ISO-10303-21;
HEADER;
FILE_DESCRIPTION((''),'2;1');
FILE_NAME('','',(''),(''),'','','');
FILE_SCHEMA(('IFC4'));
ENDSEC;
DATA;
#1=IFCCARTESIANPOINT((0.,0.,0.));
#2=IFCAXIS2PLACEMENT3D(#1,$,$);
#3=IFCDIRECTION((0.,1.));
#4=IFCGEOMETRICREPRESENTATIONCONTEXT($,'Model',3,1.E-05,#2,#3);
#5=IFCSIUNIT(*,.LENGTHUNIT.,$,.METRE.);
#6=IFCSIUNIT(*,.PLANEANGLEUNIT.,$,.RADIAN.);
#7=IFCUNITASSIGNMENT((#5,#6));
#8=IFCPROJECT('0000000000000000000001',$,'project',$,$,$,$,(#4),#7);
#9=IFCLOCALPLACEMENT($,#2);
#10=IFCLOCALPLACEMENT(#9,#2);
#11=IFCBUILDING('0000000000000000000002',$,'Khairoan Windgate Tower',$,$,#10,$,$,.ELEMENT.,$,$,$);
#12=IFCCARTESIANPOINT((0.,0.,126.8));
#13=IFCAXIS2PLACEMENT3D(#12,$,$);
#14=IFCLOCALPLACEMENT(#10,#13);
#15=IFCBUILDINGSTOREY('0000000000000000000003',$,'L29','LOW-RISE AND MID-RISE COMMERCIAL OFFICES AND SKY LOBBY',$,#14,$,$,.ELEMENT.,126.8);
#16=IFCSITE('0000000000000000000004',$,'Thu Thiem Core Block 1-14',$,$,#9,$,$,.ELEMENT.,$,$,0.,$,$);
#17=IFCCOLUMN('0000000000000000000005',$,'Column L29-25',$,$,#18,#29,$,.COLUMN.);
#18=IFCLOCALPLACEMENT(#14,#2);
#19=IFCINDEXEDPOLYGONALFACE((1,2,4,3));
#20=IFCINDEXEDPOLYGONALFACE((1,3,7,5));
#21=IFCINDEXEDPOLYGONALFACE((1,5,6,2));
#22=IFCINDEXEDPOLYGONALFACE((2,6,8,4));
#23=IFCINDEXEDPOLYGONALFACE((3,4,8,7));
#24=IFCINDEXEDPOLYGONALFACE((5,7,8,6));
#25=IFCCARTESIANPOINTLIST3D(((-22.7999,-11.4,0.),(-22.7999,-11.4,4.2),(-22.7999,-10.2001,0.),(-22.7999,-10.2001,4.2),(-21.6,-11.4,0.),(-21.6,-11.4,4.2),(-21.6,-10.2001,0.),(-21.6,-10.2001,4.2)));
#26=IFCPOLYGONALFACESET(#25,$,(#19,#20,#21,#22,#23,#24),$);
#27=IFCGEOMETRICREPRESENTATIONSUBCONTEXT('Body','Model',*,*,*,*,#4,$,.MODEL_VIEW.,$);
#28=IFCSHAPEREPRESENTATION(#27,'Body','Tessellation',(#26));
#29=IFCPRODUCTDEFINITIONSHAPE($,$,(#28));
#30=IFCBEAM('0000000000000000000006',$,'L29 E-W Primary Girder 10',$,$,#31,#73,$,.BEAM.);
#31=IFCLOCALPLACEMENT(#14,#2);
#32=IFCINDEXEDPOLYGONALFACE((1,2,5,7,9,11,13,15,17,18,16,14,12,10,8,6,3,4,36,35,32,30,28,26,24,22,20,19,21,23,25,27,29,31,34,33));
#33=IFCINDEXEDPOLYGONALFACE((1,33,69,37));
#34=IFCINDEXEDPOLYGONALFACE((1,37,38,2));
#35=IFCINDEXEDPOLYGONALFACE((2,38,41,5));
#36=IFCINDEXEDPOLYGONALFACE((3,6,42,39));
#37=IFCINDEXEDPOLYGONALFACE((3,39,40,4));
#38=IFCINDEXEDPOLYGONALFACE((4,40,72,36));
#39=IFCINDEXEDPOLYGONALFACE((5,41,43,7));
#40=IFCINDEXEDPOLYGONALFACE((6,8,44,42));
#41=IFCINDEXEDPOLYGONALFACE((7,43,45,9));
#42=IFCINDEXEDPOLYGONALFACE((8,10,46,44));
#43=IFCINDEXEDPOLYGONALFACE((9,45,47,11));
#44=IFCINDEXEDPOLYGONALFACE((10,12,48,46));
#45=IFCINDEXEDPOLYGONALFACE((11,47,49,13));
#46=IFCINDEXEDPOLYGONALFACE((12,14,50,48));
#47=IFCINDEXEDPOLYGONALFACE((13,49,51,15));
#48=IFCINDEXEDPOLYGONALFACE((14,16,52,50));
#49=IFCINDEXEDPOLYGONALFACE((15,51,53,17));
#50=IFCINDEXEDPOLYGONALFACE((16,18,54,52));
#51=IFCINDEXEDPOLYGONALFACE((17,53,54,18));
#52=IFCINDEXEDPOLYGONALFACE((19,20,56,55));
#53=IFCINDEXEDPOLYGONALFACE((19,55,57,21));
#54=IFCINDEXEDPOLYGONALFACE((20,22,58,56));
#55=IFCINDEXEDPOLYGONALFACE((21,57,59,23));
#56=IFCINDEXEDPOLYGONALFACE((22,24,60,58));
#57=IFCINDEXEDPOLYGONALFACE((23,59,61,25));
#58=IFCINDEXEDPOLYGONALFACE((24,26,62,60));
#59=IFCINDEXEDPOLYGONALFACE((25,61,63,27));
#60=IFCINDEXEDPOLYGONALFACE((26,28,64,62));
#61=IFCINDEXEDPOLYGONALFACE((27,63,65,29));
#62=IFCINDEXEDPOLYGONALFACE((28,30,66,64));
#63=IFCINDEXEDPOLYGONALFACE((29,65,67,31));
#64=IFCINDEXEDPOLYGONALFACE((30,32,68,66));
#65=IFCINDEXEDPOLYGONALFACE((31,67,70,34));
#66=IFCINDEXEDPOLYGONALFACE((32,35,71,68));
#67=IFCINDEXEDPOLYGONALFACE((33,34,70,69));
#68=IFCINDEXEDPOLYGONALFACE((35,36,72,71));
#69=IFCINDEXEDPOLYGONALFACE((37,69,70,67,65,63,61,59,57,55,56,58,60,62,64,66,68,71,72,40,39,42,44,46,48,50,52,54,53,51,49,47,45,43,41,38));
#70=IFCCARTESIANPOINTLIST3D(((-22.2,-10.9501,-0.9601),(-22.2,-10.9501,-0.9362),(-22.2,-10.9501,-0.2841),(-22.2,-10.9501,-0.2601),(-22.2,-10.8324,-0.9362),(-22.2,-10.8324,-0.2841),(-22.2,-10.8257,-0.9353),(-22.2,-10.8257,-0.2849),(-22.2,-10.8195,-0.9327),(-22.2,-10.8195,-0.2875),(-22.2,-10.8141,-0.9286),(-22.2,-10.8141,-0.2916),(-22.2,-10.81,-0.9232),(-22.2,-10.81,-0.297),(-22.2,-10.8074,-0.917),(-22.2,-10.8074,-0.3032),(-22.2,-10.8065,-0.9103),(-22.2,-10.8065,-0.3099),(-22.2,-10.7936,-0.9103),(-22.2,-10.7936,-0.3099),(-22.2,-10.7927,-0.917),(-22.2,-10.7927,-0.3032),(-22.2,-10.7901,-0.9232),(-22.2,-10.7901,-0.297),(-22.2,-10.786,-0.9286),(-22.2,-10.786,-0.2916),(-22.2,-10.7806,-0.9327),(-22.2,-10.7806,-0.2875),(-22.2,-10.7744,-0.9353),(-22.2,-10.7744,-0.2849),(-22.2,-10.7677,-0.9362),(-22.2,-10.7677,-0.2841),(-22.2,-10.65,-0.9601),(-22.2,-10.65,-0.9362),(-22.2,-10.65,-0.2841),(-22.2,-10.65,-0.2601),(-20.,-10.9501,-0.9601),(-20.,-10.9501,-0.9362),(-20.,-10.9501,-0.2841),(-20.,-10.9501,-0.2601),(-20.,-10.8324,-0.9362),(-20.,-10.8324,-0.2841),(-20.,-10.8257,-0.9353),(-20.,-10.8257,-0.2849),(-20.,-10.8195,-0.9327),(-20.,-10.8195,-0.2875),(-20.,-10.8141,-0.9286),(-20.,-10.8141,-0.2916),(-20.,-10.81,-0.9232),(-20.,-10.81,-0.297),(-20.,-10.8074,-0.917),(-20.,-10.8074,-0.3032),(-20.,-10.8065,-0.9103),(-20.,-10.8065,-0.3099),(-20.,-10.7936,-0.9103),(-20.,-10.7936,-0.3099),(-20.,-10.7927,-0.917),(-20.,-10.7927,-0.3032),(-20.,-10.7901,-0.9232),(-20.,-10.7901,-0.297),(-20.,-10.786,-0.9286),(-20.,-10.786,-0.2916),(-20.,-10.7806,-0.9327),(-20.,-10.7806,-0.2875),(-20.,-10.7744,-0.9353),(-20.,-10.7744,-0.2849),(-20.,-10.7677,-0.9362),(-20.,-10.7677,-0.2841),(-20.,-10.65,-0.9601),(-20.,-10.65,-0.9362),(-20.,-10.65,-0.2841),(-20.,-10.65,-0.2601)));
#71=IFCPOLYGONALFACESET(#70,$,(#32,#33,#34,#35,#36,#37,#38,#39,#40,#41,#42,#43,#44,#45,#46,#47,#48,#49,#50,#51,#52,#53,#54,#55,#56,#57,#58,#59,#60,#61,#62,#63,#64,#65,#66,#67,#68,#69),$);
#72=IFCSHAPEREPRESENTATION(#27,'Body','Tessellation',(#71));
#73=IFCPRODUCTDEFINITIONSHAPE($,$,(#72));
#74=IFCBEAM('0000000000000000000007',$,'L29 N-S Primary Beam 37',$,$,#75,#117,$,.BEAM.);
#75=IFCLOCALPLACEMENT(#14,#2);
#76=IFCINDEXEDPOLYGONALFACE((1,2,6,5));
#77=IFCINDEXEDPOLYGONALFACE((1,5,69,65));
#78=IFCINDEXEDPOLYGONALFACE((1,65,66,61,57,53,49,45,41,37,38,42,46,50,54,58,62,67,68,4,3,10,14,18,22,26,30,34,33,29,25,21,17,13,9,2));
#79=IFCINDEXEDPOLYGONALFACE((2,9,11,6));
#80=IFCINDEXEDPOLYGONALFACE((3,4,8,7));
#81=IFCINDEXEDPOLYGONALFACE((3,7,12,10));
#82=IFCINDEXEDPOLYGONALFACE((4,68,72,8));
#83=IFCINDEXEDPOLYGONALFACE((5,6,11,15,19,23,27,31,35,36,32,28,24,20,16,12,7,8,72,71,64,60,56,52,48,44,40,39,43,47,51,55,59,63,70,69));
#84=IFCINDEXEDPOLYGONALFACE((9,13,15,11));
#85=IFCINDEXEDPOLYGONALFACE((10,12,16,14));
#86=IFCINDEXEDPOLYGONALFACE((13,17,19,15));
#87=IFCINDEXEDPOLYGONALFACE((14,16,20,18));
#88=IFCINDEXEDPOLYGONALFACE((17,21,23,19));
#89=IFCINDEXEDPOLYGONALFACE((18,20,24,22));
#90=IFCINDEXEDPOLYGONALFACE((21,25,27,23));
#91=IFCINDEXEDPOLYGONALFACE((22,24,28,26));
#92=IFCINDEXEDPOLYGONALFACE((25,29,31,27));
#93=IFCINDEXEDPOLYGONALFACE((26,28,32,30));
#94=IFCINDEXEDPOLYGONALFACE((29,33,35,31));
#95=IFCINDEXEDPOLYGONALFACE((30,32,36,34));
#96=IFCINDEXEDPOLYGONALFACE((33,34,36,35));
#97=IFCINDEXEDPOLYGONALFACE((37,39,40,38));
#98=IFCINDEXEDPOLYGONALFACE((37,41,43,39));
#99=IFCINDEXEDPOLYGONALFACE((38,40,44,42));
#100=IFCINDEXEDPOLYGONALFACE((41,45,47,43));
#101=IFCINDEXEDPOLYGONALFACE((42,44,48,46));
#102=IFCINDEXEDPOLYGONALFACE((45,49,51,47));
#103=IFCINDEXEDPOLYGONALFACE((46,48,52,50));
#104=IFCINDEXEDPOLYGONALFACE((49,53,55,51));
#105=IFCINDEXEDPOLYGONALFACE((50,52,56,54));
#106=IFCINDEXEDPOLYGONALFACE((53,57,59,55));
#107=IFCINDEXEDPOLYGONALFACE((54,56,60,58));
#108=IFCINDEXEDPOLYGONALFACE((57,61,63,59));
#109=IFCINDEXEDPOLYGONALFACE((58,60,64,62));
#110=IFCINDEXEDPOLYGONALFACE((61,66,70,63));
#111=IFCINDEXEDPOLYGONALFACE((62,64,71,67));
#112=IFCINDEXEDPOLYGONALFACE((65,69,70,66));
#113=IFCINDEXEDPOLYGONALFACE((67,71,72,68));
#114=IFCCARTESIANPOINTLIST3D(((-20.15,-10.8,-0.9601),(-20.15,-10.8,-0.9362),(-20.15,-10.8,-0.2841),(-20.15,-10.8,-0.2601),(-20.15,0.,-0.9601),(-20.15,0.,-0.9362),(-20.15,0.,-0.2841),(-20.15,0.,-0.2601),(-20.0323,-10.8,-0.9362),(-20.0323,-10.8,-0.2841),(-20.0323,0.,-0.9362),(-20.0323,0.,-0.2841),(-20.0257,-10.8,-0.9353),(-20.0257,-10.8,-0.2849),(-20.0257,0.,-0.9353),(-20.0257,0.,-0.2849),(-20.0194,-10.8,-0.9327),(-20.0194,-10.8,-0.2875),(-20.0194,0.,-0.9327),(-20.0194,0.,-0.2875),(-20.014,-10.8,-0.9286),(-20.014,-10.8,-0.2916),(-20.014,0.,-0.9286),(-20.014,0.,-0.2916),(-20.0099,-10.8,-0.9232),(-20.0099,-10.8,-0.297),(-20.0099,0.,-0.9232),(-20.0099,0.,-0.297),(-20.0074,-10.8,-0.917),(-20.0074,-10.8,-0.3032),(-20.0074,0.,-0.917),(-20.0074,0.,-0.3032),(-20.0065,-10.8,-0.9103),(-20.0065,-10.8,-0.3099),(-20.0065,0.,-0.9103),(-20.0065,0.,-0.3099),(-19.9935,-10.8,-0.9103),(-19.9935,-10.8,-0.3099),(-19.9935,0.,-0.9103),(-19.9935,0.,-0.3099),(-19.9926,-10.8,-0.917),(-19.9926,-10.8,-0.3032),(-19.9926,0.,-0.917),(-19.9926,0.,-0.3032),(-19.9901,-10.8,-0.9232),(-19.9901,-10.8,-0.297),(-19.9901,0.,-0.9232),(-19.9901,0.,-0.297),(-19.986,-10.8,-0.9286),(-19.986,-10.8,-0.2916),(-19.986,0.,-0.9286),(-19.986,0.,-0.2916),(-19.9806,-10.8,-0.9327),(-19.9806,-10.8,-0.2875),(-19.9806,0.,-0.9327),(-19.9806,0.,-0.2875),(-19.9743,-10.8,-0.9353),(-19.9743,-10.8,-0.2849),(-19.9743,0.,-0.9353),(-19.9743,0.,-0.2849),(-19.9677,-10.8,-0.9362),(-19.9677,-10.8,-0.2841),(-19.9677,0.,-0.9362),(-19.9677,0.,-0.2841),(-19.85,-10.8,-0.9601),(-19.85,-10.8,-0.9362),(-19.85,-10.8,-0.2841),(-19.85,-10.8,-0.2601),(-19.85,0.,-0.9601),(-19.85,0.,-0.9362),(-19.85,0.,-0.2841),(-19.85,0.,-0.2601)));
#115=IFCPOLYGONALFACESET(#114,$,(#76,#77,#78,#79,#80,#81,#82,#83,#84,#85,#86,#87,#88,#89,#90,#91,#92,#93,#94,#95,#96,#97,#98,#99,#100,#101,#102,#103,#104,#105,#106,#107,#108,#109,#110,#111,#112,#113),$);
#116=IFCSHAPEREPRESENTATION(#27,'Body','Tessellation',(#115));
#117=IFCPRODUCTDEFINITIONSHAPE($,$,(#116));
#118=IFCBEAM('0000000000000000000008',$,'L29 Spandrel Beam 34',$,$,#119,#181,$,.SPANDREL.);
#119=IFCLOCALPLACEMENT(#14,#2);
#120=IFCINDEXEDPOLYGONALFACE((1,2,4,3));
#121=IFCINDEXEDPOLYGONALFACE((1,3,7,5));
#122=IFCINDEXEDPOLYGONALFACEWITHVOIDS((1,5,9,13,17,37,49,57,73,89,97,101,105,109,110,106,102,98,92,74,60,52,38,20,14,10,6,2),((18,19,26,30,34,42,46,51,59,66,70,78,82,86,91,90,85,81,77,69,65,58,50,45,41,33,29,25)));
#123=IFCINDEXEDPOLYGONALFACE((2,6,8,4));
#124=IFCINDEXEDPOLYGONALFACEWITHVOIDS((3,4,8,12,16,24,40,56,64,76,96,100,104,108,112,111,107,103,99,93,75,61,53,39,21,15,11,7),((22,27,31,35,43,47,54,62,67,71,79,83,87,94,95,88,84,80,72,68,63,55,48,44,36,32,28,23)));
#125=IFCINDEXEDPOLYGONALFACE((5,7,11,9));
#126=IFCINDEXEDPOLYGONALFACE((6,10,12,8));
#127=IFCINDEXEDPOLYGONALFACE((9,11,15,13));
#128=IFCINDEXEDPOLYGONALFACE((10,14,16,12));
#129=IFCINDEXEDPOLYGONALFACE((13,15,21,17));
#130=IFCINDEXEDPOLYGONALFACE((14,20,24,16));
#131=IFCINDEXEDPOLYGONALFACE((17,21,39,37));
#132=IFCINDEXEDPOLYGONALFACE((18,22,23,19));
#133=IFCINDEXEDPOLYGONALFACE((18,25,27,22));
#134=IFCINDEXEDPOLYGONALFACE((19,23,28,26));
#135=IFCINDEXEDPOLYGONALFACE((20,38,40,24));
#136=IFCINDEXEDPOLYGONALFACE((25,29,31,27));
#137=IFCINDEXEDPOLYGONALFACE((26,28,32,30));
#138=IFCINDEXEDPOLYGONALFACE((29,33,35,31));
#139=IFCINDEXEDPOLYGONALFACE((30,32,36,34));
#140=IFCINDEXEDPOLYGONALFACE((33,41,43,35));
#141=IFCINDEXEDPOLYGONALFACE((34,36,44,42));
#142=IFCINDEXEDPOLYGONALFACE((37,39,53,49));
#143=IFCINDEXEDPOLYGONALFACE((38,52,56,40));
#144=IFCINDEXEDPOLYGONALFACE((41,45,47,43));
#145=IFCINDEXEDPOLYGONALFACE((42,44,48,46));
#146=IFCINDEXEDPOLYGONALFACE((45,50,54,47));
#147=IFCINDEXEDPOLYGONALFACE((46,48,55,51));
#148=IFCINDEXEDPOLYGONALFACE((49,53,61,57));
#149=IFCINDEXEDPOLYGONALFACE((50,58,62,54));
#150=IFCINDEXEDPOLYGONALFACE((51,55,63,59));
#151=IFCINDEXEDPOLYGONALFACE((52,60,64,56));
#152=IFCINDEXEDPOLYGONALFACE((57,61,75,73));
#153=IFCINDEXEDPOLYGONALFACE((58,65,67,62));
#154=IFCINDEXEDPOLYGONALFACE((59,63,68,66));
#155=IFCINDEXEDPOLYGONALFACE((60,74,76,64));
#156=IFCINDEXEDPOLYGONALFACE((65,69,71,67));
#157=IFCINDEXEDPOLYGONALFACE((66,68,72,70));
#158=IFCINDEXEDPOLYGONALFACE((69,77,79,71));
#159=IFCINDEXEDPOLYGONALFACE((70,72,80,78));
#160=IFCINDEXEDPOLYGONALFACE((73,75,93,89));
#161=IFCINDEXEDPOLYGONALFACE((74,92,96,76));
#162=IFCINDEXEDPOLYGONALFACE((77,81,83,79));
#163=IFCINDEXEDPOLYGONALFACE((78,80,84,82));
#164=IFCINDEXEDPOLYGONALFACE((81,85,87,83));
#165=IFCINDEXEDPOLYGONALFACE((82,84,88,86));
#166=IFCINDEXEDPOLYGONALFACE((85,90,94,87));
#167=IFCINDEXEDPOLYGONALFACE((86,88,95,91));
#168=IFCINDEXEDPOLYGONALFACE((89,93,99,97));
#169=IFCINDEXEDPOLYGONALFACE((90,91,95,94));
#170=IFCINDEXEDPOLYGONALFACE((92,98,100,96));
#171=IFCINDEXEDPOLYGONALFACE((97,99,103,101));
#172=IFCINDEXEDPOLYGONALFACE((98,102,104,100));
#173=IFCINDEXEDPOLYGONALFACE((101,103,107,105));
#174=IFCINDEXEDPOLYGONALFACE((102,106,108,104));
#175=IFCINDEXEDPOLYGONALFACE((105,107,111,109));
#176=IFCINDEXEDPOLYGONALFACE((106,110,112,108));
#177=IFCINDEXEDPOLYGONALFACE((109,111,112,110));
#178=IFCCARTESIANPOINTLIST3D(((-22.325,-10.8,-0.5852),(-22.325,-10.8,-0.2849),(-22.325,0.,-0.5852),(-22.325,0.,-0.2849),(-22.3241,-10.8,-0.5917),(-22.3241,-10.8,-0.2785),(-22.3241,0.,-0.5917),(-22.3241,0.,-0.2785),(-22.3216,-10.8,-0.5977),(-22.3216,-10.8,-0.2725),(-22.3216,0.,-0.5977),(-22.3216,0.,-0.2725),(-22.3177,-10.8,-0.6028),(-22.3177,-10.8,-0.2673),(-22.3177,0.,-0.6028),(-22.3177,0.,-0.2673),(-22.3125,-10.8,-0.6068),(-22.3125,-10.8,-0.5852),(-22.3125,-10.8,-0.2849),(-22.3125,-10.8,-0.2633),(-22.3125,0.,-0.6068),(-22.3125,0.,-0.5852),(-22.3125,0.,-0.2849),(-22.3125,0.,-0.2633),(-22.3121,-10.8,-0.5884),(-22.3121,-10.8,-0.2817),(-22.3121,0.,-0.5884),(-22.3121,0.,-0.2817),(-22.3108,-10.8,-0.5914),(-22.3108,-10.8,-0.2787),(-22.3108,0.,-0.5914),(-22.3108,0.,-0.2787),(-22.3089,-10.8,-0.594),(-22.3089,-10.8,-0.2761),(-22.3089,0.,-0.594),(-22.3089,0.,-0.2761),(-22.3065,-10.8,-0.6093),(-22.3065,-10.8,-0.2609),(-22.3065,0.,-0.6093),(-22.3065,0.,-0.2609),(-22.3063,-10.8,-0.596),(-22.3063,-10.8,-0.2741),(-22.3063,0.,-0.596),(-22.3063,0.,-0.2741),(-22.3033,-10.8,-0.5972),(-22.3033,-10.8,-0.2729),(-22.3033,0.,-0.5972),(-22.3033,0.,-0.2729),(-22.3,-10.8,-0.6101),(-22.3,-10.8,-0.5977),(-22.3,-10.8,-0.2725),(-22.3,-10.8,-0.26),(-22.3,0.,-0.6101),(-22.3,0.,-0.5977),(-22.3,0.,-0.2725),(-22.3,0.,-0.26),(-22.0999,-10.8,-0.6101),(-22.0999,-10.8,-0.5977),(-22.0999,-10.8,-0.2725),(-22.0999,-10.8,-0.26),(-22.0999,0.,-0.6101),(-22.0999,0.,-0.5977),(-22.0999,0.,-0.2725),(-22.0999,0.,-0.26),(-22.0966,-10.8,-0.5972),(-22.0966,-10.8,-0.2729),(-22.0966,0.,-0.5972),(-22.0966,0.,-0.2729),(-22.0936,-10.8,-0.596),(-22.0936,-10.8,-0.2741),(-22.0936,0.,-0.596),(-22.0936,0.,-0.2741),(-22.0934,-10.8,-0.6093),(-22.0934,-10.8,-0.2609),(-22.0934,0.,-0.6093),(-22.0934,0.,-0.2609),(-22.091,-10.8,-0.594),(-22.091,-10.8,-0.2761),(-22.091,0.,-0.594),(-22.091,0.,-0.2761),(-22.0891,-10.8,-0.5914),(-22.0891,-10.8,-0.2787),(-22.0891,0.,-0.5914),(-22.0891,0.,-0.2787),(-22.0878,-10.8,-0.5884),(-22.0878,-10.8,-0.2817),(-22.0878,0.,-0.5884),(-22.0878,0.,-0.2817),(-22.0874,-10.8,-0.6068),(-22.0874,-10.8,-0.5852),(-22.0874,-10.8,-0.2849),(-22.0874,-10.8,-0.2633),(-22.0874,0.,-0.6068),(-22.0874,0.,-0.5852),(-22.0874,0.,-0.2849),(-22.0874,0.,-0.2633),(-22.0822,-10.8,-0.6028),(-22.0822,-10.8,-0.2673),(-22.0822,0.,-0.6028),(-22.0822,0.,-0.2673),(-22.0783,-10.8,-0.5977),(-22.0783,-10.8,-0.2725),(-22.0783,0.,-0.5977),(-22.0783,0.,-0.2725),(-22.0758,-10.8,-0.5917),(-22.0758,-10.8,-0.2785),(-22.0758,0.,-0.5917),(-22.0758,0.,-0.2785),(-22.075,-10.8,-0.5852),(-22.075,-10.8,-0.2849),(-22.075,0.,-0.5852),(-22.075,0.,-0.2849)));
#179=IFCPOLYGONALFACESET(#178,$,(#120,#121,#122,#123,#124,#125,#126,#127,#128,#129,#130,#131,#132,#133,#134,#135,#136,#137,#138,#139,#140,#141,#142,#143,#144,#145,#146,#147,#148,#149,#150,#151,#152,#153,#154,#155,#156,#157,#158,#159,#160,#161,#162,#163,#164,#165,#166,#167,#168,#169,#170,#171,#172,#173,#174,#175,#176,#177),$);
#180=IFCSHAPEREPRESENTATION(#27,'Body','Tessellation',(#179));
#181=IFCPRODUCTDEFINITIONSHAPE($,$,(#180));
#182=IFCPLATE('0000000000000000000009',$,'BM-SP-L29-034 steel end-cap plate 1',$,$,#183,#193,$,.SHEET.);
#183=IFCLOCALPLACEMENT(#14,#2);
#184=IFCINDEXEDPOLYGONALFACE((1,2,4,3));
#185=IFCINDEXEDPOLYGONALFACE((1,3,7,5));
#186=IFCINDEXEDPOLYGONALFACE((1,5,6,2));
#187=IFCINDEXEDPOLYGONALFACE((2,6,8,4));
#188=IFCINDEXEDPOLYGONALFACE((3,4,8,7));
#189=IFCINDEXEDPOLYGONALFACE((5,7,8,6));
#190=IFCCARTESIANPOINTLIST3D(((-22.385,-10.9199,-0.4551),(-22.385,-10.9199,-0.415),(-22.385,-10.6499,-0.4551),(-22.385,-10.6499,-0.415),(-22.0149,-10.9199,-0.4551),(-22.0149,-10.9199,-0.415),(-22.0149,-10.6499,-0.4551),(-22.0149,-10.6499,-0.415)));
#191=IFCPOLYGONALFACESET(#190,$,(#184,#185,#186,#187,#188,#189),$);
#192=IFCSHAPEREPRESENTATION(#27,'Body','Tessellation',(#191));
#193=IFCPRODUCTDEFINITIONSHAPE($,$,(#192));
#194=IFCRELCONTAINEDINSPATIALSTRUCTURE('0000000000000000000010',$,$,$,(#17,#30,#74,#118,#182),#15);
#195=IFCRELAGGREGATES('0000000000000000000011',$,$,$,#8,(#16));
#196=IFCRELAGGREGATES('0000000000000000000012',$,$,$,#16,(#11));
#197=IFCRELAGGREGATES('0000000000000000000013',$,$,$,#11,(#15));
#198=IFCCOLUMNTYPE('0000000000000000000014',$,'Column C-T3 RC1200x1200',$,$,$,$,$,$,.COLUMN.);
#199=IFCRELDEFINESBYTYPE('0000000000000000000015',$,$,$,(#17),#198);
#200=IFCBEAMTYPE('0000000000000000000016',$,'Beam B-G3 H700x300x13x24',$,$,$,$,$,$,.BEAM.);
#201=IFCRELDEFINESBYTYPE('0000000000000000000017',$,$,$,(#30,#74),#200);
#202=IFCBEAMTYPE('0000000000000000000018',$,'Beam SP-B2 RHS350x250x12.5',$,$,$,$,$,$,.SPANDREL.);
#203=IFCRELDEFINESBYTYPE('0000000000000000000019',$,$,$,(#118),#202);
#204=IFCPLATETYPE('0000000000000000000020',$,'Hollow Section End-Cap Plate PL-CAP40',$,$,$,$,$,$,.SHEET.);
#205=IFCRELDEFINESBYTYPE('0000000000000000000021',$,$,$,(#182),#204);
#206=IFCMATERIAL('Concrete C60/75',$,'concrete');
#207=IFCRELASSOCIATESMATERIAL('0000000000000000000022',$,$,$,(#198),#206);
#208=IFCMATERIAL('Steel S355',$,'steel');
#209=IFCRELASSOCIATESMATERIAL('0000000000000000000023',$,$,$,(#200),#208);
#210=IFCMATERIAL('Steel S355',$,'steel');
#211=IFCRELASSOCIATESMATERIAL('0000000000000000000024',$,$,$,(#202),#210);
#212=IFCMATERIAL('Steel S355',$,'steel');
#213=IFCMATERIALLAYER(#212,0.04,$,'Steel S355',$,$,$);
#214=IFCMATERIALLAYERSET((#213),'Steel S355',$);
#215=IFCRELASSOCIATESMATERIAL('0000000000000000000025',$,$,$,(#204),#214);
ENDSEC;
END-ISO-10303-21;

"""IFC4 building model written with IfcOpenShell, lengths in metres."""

from ifc_helpers import new_model, si_unit, direction, frame, origin, origin_2d, place, context, subcontext, project, spatial, rectangle, hollow_rectangle, i_section, extrude, material, layer, layer_set, material_profile, profile_set, type_object, element, save


model = new_model("IFC4")

# Units and contexts
model_context = context("Model", 3, precision=1e-05, world=origin(), true_north=direction((0.0, 1.0)))
body_context = subcontext(model_context, "Body", "Model", "MODEL_VIEW")
ifc_project = project(units=[si_unit("LENGTHUNIT", "METRE"), si_unit("PLANEANGLEUNIT", "RADIAN")], contexts=[model_context])

# Site, building, storey
site_placement = place(None, origin())
site = spatial("IfcSite", under=ifc_project, at=site_placement, Name="Thu Thiem Core Block 1-14", CompositionType="ELEMENT", RefElevation=0.0)
building_placement = place(site_placement, origin())
building = spatial("IfcBuilding", under=site, at=building_placement, Name="Khairoan Windgate Tower", CompositionType="ELEMENT")
storey_placement = place(building_placement, frame((0.0, 0.0, 126.8)))
storey = spatial("IfcBuildingStorey", under=building, at=storey_placement, Name="L29", Description="LOW-RISE AND MID-RISE COMMERCIAL OFFICES AND SKY LOBBY", CompositionType="ELEMENT", Elevation=126.8)

# Column
ifc_material_1 = material(Name="Concrete C60/75", Category="concrete")
ifc_material_profile_1 = material_profile(ifc_material_1, rectangle(XDim=1.2, YDim=1.2, at=origin_2d()))
ifc_profile_set_1 = profile_set([ifc_material_profile_1], Name="Concrete C60/75")
column_type = type_object("IfcColumnType", Name="Column C-T3 RC1200x1200", PredefinedType="COLUMN", material=ifc_profile_set_1)
column_placement = place(storey_placement, frame((-22.2, -10.8, 0.0), z_axis=(0.0, 0.0, 1.0), x_axis=(1.0, 0.0, 0.0)))
element("IfcColumn", 1, at=column_placement, inside=storey, type_object=column_type, Name="Column L29-25", PredefinedType="COLUMN", context=body_context, shape_type="SweptSolid", body=[
    extrude(rectangle(XDim=1.2, YDim=1.2, at=origin_2d()), origin(), (0.0, 0.0, 1.0), 4.2),
])

# Beams
ifc_material_2 = material(Name="Steel S355", Category="steel")
ifc_material_profile_2 = material_profile(ifc_material_2, i_section(OverallWidth=0.3, OverallDepth=0.7, WebThickness=0.0129, FlangeThickness=0.0239, FilletRadius=0.0259, at=origin_2d()))
ifc_profile_set_2 = profile_set([ifc_material_profile_2], Name="Steel S355")
beam_type_1 = type_object("IfcBeamType", Name="Beam B-G3 H700x300x13x24", PredefinedType="BEAM", material=ifc_profile_set_2)
beam_1_placement = place(storey_placement, frame((-22.2, -10.8, -0.6101), z_axis=(1.0, 0.0, 0.0), x_axis=(0.0, 1.0, 0.0)))
element("IfcBeam", 2, at=beam_1_placement, inside=storey, type_object=beam_type_1, Name="L29 E-W Primary Girder 10", PredefinedType="BEAM", context=body_context, shape_type="SweptSolid", body=[
    extrude(i_section(OverallWidth=0.3, OverallDepth=0.7, WebThickness=0.0129, FlangeThickness=0.0239, FilletRadius=0.0259, at=origin_2d()), origin(), (0.0, 0.0, 1.0), 2.2),
])
beam_2_placement = place(storey_placement, frame((-20.0, -10.8, -0.6101), z_axis=(0.0, 1.0, 0.0), x_axis=(-1.0, 0.0, 0.0)))
element("IfcBeam", 3, at=beam_2_placement, inside=storey, type_object=beam_type_1, Name="L29 N-S Primary Beam 37", PredefinedType="BEAM", context=body_context, shape_type="SweptSolid", body=[
    extrude(i_section(OverallWidth=0.3, OverallDepth=0.7, WebThickness=0.0129, FlangeThickness=0.0239, FilletRadius=0.0259, at=origin_2d()), origin(), (0.0, 0.0, 1.0), 10.8),
])
ifc_material_3 = material(Name="Steel S355", Category="steel")
ifc_material_profile_3 = material_profile(ifc_material_3, hollow_rectangle(XDim=0.25, YDim=0.3501, WallThickness=0.0125, InnerFilletRadius=0.0125, OuterFilletRadius=0.0249, at=origin_2d()))
ifc_profile_set_3 = profile_set([ifc_material_profile_3], Name="Steel S355")
beam_type_2 = type_object("IfcBeamType", Name="Beam SP-B2 RHS350x250x12.5", PredefinedType="SPANDREL", material=ifc_profile_set_3)
beam_3_placement = place(storey_placement, frame((-22.2, -10.8, -0.4351), z_axis=(0.0, 1.0, 0.0), x_axis=(-1.0, 0.0, 0.0)))
element("IfcBeam", 4, at=beam_3_placement, inside=storey, type_object=beam_type_2, Name="L29 Spandrel Beam 34", PredefinedType="SPANDREL", context=body_context, shape_type="SweptSolid", body=[
    extrude(hollow_rectangle(XDim=0.25, YDim=0.3501, WallThickness=0.0125, InnerFilletRadius=0.0125, OuterFilletRadius=0.0249, at=origin_2d()), origin(), (0.0, 0.0, 1.0), 10.8),
])

# Plate
ifc_material_4 = material(Name="Steel S355", Category="steel")
ifc_layer_1 = layer(ifc_material_4, 0.04, Name="Steel S355")
ifc_layer_set_1 = layer_set([ifc_layer_1], Name="Steel S355")
plate_type_1 = type_object("IfcPlateType", Name="Hollow Section End-Cap Plate PL-CAP40", PredefinedType="SHEET", material=ifc_layer_set_1)
plate_1_placement = place(storey_placement, frame((-22.2, -10.7849, -0.4551), z_axis=(0.0, 0.0, 1.0), x_axis=(0.0, 1.0, 0.0)))
element("IfcPlate", 5, at=plate_1_placement, inside=storey, type_object=plate_type_1, Name="BM-SP-L29-034 steel end-cap plate 1", PredefinedType="SHEET", context=body_context, shape_type="SweptSolid", body=[
    extrude(rectangle(XDim=0.27, YDim=0.3701, at=origin_2d()), origin(), (0.0, 0.0, 1.0), 0.04),
])

save(model, "model.ifc")
